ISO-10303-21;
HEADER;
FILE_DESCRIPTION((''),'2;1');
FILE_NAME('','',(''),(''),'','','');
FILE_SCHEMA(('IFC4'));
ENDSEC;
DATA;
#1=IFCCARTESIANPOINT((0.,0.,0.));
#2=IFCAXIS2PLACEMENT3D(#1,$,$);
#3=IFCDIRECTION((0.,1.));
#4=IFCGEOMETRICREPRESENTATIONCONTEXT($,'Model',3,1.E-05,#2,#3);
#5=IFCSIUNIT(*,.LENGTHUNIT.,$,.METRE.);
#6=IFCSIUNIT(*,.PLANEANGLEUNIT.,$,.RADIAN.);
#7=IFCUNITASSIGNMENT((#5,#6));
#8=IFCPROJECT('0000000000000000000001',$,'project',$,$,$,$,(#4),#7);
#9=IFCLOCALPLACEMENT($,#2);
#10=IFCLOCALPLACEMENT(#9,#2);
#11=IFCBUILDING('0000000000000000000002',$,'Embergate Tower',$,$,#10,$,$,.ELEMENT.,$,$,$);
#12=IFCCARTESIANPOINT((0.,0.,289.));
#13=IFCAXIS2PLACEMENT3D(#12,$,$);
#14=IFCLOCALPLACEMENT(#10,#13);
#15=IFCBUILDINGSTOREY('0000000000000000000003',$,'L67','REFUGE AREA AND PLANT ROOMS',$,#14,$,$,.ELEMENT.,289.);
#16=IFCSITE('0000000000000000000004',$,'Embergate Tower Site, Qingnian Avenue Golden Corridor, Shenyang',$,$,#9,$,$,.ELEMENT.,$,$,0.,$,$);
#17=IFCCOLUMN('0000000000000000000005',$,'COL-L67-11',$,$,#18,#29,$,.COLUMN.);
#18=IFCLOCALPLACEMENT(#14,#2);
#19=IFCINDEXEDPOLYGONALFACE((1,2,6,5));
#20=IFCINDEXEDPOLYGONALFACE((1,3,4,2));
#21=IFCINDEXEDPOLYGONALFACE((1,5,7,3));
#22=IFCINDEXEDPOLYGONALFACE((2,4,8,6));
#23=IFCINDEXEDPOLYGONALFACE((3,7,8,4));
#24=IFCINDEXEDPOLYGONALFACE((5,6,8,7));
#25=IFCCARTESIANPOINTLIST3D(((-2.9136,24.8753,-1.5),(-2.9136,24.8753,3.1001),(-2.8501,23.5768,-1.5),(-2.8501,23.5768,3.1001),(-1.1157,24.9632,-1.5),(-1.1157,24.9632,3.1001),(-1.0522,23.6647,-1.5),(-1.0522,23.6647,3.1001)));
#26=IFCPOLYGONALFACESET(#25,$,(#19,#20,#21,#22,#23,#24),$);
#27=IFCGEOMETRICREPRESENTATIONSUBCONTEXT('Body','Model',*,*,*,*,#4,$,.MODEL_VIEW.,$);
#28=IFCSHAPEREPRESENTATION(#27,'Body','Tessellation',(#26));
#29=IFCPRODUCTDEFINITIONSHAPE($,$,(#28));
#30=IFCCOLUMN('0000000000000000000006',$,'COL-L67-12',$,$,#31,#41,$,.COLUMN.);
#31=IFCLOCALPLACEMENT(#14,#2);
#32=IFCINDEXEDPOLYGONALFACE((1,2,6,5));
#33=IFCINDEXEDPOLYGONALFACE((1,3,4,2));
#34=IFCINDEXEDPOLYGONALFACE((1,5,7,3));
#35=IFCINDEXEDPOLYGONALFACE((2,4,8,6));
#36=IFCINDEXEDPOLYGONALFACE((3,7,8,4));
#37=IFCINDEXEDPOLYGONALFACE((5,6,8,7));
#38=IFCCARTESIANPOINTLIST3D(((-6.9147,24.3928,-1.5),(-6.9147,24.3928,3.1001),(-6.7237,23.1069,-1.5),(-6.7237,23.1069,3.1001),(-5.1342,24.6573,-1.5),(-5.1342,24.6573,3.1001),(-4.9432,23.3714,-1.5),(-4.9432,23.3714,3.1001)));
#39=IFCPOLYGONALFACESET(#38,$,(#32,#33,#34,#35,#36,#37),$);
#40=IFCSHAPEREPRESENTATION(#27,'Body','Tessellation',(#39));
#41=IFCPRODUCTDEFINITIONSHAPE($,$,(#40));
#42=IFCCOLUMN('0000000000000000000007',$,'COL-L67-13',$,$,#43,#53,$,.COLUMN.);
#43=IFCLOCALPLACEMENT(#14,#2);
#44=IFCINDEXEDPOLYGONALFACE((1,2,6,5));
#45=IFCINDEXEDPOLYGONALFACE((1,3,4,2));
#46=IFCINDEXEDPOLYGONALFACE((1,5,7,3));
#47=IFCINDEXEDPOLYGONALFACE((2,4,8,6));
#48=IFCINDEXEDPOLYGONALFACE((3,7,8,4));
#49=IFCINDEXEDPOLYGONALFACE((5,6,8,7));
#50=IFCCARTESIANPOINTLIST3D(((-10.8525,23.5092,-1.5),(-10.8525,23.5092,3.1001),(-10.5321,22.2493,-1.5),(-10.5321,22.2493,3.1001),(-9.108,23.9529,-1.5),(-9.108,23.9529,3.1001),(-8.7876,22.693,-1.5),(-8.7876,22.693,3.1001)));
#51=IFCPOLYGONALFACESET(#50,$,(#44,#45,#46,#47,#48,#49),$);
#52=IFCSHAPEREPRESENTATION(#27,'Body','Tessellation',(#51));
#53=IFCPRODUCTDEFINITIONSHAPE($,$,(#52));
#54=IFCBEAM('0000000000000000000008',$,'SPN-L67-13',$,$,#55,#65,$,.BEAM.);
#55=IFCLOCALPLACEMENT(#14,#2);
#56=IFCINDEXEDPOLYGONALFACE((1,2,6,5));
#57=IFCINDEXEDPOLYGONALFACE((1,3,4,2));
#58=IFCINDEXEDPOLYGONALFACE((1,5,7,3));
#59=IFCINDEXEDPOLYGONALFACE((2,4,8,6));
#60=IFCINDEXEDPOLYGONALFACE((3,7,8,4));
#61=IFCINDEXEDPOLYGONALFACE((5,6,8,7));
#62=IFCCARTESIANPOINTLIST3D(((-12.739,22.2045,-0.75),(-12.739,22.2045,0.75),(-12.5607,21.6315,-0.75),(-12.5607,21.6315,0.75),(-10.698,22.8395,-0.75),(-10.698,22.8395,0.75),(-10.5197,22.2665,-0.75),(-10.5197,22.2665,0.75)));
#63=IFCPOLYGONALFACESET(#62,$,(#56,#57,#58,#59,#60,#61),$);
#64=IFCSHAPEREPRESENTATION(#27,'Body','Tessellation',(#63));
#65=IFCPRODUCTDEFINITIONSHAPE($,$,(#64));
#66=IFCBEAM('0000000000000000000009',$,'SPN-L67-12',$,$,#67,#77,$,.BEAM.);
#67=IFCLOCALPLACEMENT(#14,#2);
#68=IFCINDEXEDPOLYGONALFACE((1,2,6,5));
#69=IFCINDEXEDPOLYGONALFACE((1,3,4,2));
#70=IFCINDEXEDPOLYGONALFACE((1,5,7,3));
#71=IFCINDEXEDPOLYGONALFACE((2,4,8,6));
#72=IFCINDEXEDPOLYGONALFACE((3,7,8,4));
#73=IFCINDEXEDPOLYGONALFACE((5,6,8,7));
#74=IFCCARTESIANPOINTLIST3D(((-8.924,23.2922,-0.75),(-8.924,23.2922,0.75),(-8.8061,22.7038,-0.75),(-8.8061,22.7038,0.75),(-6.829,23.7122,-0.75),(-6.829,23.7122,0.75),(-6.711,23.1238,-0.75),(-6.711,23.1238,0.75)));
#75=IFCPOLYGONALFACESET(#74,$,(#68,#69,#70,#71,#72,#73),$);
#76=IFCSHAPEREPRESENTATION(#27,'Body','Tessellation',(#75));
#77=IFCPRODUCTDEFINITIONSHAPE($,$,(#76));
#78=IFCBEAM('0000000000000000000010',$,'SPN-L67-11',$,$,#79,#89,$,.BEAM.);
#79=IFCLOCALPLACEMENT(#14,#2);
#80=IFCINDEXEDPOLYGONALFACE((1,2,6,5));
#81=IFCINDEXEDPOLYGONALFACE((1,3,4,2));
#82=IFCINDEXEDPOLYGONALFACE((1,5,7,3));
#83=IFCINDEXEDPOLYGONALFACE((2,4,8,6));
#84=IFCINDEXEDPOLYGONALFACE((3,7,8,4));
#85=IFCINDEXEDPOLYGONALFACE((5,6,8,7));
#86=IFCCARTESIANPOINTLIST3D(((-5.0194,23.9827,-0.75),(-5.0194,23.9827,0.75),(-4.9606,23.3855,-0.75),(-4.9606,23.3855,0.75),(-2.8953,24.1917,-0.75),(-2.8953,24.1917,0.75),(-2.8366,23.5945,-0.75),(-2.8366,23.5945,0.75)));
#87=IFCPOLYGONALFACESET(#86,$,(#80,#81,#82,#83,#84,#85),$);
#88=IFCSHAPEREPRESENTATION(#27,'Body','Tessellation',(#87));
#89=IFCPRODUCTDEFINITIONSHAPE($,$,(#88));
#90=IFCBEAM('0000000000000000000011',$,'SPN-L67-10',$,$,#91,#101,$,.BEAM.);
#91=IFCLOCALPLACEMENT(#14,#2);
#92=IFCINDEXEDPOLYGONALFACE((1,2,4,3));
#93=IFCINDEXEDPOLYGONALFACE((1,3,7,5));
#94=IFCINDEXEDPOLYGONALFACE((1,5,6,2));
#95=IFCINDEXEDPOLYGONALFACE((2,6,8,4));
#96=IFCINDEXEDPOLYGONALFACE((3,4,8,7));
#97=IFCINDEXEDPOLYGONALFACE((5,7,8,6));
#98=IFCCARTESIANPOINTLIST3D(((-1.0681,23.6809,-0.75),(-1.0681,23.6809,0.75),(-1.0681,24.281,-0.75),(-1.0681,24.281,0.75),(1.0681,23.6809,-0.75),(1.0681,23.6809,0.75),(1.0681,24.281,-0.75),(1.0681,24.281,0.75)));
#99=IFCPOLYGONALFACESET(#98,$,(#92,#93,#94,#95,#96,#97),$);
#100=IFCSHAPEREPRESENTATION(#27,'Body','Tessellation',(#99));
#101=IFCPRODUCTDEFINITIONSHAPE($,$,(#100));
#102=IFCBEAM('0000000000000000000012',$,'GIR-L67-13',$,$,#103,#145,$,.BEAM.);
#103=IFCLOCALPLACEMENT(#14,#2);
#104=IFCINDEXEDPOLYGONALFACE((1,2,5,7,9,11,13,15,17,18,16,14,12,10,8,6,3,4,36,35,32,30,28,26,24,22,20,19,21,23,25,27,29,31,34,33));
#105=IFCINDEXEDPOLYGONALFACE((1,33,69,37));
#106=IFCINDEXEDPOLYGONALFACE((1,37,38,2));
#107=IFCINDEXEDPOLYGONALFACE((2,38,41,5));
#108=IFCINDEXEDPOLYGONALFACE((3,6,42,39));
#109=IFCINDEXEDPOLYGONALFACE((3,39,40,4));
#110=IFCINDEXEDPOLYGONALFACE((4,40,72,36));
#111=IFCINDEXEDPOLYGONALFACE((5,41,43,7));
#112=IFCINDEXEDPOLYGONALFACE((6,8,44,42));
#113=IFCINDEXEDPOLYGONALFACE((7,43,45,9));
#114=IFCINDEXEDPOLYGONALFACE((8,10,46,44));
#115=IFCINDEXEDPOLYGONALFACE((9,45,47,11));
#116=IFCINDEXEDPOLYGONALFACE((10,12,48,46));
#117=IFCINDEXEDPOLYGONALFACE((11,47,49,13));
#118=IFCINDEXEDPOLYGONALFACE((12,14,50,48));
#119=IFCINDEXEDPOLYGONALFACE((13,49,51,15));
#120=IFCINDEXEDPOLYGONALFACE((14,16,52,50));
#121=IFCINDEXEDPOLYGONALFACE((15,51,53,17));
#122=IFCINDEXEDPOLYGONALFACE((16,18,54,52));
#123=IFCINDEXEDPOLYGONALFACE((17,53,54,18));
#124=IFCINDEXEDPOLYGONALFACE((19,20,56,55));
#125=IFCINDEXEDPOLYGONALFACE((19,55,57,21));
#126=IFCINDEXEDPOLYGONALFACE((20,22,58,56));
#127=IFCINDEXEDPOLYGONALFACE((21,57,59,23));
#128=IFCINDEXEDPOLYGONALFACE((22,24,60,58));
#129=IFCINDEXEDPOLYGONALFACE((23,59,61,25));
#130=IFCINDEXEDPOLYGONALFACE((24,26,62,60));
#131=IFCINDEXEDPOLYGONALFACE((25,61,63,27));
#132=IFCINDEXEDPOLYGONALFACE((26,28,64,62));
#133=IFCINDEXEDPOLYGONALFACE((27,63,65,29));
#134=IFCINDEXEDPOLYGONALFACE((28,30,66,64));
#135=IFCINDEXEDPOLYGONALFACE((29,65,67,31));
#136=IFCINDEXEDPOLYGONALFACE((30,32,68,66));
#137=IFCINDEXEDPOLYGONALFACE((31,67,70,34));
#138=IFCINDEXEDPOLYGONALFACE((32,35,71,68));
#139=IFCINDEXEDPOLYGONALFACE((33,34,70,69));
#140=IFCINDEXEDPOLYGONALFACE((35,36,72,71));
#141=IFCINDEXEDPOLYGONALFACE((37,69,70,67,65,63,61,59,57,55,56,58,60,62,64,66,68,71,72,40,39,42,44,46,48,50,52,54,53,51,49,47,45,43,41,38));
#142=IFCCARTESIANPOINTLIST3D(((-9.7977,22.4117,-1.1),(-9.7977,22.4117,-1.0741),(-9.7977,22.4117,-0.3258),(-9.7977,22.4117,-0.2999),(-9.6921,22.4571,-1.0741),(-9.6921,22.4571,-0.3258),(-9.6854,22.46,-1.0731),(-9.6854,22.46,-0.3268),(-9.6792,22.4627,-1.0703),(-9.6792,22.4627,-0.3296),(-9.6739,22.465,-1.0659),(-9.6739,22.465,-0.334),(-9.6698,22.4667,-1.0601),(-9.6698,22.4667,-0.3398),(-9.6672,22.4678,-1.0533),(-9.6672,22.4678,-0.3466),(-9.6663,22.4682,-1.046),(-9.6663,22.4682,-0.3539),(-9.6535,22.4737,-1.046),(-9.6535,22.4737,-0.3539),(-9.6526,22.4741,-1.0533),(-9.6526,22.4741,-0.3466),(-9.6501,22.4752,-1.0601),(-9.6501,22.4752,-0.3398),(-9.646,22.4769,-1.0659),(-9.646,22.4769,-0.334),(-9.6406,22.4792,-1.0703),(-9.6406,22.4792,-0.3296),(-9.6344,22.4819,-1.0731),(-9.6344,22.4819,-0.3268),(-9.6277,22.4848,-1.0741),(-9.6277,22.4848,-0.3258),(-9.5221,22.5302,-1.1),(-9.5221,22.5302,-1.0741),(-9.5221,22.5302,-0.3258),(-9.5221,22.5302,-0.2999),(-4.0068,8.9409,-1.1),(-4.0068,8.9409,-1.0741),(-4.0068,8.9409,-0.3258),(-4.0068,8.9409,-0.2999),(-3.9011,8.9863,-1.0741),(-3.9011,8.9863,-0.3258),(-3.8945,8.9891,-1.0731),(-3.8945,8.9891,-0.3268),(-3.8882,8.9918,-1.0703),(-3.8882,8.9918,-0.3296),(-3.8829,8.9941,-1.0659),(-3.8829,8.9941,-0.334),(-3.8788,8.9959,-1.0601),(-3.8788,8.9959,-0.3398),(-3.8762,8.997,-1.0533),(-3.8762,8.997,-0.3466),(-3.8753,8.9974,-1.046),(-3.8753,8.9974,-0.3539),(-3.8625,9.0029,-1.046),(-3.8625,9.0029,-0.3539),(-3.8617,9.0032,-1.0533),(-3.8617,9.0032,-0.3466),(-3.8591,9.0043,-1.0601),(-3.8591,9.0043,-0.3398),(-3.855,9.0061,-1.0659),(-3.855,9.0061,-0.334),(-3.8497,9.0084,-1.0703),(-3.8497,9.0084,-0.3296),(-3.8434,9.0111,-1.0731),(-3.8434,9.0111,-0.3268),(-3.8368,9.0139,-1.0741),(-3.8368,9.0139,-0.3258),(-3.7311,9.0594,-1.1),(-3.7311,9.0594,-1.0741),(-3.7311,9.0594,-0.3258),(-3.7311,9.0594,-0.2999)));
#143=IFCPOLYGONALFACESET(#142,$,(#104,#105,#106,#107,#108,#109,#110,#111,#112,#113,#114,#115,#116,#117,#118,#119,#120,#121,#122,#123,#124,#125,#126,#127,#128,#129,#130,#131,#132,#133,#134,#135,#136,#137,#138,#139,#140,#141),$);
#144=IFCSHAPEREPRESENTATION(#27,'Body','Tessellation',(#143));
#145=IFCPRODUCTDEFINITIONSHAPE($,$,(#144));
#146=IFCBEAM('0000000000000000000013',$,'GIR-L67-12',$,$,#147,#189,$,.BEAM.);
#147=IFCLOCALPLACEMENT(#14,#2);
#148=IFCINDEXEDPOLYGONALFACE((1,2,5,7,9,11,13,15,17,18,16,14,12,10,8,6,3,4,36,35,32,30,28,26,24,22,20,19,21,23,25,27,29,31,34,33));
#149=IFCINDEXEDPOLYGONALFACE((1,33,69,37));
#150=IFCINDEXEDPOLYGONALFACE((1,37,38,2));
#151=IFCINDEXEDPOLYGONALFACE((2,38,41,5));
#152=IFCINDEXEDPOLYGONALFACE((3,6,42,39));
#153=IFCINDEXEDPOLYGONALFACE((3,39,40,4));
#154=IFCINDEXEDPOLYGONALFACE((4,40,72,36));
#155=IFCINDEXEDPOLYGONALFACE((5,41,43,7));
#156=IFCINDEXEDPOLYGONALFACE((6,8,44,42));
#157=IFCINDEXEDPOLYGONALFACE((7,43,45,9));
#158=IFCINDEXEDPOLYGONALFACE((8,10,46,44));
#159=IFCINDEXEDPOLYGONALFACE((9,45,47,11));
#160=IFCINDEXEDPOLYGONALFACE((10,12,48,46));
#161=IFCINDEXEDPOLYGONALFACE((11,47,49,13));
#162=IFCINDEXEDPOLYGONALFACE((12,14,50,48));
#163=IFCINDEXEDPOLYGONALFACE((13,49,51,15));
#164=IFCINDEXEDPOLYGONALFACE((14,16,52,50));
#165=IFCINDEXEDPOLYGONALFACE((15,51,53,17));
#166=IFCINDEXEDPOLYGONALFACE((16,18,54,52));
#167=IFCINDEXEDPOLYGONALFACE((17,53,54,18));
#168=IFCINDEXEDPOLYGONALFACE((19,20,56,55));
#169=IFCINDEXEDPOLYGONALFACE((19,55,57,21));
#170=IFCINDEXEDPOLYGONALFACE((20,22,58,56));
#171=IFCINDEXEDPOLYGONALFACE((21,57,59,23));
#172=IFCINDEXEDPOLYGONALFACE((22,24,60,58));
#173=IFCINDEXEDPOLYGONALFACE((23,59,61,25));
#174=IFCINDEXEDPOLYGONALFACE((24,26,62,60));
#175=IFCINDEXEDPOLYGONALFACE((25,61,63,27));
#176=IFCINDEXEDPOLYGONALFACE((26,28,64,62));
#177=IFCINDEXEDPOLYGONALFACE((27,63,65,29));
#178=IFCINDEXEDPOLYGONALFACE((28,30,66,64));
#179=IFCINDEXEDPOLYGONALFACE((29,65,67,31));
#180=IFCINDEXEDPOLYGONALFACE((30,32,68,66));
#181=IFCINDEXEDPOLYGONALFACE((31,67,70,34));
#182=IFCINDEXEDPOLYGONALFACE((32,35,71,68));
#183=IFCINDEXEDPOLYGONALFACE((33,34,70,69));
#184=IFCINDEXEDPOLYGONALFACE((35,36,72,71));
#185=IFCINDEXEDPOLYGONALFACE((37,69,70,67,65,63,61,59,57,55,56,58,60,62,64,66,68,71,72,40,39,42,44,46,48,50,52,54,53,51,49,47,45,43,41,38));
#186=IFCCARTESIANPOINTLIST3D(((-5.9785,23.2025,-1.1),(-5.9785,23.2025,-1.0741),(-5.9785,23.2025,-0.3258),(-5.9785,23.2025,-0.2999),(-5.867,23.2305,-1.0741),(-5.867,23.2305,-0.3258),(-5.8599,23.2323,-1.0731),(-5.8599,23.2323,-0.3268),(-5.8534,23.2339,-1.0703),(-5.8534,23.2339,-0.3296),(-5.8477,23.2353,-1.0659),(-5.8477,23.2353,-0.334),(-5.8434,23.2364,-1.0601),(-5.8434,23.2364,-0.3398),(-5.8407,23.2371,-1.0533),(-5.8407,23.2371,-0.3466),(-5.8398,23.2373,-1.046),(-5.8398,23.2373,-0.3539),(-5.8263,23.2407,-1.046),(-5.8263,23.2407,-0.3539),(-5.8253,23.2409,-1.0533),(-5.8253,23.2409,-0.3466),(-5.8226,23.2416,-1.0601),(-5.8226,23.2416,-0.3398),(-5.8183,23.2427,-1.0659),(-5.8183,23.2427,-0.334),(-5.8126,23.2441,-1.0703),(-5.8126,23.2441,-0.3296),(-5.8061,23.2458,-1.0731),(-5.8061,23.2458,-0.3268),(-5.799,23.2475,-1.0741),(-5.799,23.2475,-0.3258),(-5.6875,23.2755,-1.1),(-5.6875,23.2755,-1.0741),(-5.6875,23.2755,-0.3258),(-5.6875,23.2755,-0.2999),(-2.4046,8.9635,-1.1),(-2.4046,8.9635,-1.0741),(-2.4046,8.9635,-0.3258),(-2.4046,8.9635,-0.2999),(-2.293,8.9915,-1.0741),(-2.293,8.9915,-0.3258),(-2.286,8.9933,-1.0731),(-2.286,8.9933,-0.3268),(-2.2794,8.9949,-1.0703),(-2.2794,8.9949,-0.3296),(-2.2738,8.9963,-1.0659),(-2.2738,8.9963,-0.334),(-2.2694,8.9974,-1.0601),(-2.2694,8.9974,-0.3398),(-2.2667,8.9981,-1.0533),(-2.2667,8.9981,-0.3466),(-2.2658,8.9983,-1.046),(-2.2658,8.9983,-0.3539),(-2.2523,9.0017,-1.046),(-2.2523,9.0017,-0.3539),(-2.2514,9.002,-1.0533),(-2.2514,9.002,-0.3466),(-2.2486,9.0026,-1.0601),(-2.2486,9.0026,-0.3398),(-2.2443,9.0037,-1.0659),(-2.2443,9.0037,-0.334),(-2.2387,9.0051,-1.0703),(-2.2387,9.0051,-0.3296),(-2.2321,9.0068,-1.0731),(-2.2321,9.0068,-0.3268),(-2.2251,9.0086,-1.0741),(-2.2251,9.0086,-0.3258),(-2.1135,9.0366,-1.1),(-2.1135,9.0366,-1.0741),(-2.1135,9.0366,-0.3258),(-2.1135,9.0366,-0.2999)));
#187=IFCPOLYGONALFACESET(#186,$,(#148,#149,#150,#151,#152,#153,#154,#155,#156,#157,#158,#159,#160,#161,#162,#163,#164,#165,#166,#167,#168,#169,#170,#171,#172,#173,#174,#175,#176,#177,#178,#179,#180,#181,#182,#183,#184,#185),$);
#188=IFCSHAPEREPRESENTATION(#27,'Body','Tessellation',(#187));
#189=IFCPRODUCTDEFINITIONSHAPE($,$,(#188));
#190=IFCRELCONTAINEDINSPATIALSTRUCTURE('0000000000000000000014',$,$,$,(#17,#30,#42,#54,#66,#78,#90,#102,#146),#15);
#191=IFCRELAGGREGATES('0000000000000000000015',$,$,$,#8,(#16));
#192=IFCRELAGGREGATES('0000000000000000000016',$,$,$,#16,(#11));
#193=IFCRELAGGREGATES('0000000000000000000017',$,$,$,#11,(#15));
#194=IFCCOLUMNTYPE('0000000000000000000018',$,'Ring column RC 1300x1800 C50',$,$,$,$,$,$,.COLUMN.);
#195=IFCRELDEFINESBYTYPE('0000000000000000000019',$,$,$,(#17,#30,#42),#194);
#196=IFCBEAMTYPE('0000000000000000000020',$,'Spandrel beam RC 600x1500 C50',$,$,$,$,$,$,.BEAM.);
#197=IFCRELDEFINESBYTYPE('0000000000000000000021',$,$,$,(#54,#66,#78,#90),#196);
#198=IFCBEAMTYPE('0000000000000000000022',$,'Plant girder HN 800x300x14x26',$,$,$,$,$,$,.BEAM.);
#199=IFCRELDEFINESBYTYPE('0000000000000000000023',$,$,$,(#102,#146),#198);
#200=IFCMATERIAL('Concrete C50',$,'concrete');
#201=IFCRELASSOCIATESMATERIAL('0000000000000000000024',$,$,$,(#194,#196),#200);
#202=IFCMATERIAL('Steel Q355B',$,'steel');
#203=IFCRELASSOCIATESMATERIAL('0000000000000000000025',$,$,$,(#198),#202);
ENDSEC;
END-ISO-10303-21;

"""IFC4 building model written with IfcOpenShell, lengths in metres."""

from ifc_helpers import new_model, si_unit, direction, frame, origin, origin_2d, place, context, subcontext, project, spatial, rectangle, i_section, extrude, source, transform, mapped, material, material_profile, profile_set, type_object, element, save


model = new_model("IFC4")

# Units and contexts
model_context = context("Model", 3, precision=1e-05, world=origin(), true_north=direction((0.0, 1.0)))
body_context = subcontext(model_context, "Body", "Model", "MODEL_VIEW")
ifc_project = project(units=[si_unit("LENGTHUNIT", "METRE"), si_unit("PLANEANGLEUNIT", "RADIAN")], contexts=[model_context])

# Site, building, storey
site_placement = place(None, origin())
site = spatial("IfcSite", under=ifc_project, at=site_placement, Name="Embergate Tower Site, Qingnian Avenue Golden Corridor, Shenyang", CompositionType="ELEMENT", RefElevation=0.0)
building_placement = place(site_placement, origin())
building = spatial("IfcBuilding", under=site, at=building_placement, Name="Embergate Tower", CompositionType="ELEMENT")
storey_placement = place(building_placement, frame((0.0, 0.0, 289.0)))
storey = spatial("IfcBuildingStorey", under=building, at=storey_placement, Name="L67", Description="REFUGE AREA AND PLANT ROOMS", CompositionType="ELEMENT", Elevation=289.0)

# Columns
ifc_material_1 = material(Name="Concrete C50", Category="concrete")
ifc_material_profile_1 = material_profile(ifc_material_1, rectangle(XDim=1.3, YDim=1.8, at=origin_2d()), Name="RC 1300x1800")
ifc_profile_set_1 = profile_set([ifc_material_profile_1], Name="Concrete C50")
column_type = type_object("IfcColumnType", Name="Ring column RC 1300x1800 C50", PredefinedType="COLUMN", material=ifc_profile_set_1)
shared_shape_1 = source(origin(), body_context, "Body", "SweptSolid", [
    extrude(rectangle(XDim=1.3, YDim=1.8, at=origin_2d()), origin(), (0.0, 0.0, 1.0), 4.6001),
])
for number, where, z_axis, x_axis, name in (
    (1, (-1.9829, 24.27, -1.5), (0.0, 0.0, 1.0), (-0.048815, 0.998808, 0.0), "COL-L67-11"),
    (2, (-5.929, 23.8821, -1.5), (0.0, 0.0, 1.0), (-0.146929, 0.989147, 0.0), "COL-L67-12"),
    (3, (-9.8201, 23.1011, -1.5), (0.0, 0.0, 1.0), (-0.246492, 0.969145, 0.0), "COL-L67-13"),
):
    element("IfcColumn", number, at=place(storey_placement, frame(where, z_axis=z_axis, x_axis=x_axis)), inside=storey, type_object=column_type, Name=name, PredefinedType="COLUMN", context=body_context, shape_type="MappedRepresentation", body=[
        mapped(shared_shape_1, transform((0.0, 0.0, 0.0))),
    ])

# Beams
ifc_material_profile_2 = material_profile(ifc_material_1, rectangle(XDim=0.6001, YDim=1.5, at=origin_2d()), Name="RC 600x1500")
ifc_profile_set_2 = profile_set([ifc_material_profile_2], Name="Concrete C50")
beam_type_1 = type_object("IfcBeamType", Name="Spandrel beam RC 600x1500 C50", PredefinedType="BEAM", material=ifc_profile_set_2)
shared_shape_2 = source(origin(), body_context, "Body", "SweptSolid", [
    extrude(rectangle(XDim=0.6001, YDim=1.5, at=origin_2d()), origin(), (0.0, 0.0, 1.0), 2.1375),
])
beam_1_placement = place(storey_placement, frame((-10.6089, 22.553, 0.0), z_axis=(-0.954853, -0.297078, 0.0), x_axis=(0.297078, -0.954853, 0.0)))
element("IfcBeam", 4, at=beam_1_placement, inside=storey, type_object=beam_type_1, Name="SPN-L67-13", PredefinedType="BEAM", context=body_context, shape_type="MappedRepresentation", body=[
    mapped(shared_shape_2, transform((0.0, 0.0, 0.0))),
])
shared_shape_3 = source(origin(), body_context, "Body", "SweptSolid", [
    extrude(rectangle(XDim=0.6001, YDim=1.5, at=origin_2d()), origin(), (0.0, 0.0, 1.0), 2.1367),
])
beam_2_placement = place(storey_placement, frame((-6.77, 23.418, 0.0), z_axis=(-0.980497, -0.196534, 0.0), x_axis=(0.196534, -0.980497, 0.0)))
element("IfcBeam", 5, at=beam_2_placement, inside=storey, type_object=beam_type_1, Name="SPN-L67-12", PredefinedType="BEAM", context=body_context, shape_type="MappedRepresentation", body=[
    mapped(shared_shape_3, transform((0.0, 0.0, 0.0))),
])
shared_shape_4 = source(origin(), body_context, "Body", "SweptSolid", [
    extrude(rectangle(XDim=0.6001, YDim=1.5, at=origin_2d()), origin(), (0.0, 0.0, 1.0), 2.1343),
])
beam_3_placement = place(storey_placement, frame((-2.866, 23.8931, 0.0), z_axis=(-0.995194, -0.097918, 0.0), x_axis=(0.097918, -0.995194, 0.0)))
element("IfcBeam", 6, at=beam_3_placement, inside=storey, type_object=beam_type_1, Name="SPN-L67-11", PredefinedType="BEAM", context=body_context, shape_type="MappedRepresentation", body=[
    mapped(shared_shape_4, transform((0.0, 0.0, 0.0))),
])
shared_shape_5 = source(origin(), body_context, "Body", "SweptSolid", [
    extrude(rectangle(XDim=0.6001, YDim=1.5, at=origin_2d()), origin(), (0.0, 0.0, 1.0), 2.1362),
])
beam_4_placement = place(storey_placement, frame((1.0681, 23.981, 0.0), z_axis=(-1.0, 0.0, 0.0), x_axis=(0.0, -1.0, 0.0)))
element("IfcBeam", 7, at=beam_4_placement, inside=storey, type_object=beam_type_1, Name="SPN-L67-10", PredefinedType="BEAM", context=body_context, shape_type="MappedRepresentation", body=[
    mapped(shared_shape_5, transform((0.0, 0.0, 0.0))),
])
ifc_material_2 = material(Name="Steel Q355B", Category="steel")
ifc_material_profile_3 = material_profile(ifc_material_2, i_section(OverallWidth=0.3, OverallDepth=0.8, WebThickness=0.0139, FlangeThickness=0.0259, FilletRadius=0.0281, at=origin_2d()), Name="HN 800x300x14x26")
ifc_profile_set_3 = profile_set([ifc_material_profile_3], Name="Steel Q355 grade B")
beam_type_2 = type_object("IfcBeamType", Name="Plant girder HN 800x300x14x26", PredefinedType="BEAM", material=ifc_profile_set_3)
shared_shape_6 = source(origin(), body_context, "Body", "SweptSolid", [
    extrude(i_section(OverallWidth=0.3, OverallDepth=0.8, WebThickness=0.0139, FlangeThickness=0.0259, FilletRadius=0.0281, at=origin_2d()), origin(), (0.0, 0.0, 1.0), 14.6628),
])
beam_5_placement = place(storey_placement, frame((-9.6599, 22.4709, -0.7), z_axis=(0.394942, -0.918706, 0.0), x_axis=(0.918706, 0.394942, 0.0)))
element("IfcBeam", 8, at=beam_5_placement, inside=storey, type_object=beam_type_2, Name="GIR-L67-13", PredefinedType="BEAM", context=body_context, shape_type="MappedRepresentation", body=[
    mapped(shared_shape_6, transform((0.0, 0.0, 0.0))),
])
shared_shape_7 = source(origin(), body_context, "Body", "SweptSolid", [
    extrude(i_section(OverallWidth=0.3, OverallDepth=0.8, WebThickness=0.0139, FlangeThickness=0.0259, FilletRadius=0.0281, at=origin_2d()), origin(), (0.0, 0.0, 1.0), 14.6807),
])
beam_6_placement = place(storey_placement, frame((-5.833, 23.239, -0.7), z_axis=(0.243447, -0.969914, 0.0), x_axis=(0.969914, 0.243447, 0.0)))
element("IfcBeam", 9, at=beam_6_placement, inside=storey, type_object=beam_type_2, Name="GIR-L67-12", PredefinedType="BEAM", context=body_context, shape_type="MappedRepresentation", body=[
    mapped(shared_shape_7, transform((0.0, 0.0, 0.0))),
])

save(model, "model.ifc")
